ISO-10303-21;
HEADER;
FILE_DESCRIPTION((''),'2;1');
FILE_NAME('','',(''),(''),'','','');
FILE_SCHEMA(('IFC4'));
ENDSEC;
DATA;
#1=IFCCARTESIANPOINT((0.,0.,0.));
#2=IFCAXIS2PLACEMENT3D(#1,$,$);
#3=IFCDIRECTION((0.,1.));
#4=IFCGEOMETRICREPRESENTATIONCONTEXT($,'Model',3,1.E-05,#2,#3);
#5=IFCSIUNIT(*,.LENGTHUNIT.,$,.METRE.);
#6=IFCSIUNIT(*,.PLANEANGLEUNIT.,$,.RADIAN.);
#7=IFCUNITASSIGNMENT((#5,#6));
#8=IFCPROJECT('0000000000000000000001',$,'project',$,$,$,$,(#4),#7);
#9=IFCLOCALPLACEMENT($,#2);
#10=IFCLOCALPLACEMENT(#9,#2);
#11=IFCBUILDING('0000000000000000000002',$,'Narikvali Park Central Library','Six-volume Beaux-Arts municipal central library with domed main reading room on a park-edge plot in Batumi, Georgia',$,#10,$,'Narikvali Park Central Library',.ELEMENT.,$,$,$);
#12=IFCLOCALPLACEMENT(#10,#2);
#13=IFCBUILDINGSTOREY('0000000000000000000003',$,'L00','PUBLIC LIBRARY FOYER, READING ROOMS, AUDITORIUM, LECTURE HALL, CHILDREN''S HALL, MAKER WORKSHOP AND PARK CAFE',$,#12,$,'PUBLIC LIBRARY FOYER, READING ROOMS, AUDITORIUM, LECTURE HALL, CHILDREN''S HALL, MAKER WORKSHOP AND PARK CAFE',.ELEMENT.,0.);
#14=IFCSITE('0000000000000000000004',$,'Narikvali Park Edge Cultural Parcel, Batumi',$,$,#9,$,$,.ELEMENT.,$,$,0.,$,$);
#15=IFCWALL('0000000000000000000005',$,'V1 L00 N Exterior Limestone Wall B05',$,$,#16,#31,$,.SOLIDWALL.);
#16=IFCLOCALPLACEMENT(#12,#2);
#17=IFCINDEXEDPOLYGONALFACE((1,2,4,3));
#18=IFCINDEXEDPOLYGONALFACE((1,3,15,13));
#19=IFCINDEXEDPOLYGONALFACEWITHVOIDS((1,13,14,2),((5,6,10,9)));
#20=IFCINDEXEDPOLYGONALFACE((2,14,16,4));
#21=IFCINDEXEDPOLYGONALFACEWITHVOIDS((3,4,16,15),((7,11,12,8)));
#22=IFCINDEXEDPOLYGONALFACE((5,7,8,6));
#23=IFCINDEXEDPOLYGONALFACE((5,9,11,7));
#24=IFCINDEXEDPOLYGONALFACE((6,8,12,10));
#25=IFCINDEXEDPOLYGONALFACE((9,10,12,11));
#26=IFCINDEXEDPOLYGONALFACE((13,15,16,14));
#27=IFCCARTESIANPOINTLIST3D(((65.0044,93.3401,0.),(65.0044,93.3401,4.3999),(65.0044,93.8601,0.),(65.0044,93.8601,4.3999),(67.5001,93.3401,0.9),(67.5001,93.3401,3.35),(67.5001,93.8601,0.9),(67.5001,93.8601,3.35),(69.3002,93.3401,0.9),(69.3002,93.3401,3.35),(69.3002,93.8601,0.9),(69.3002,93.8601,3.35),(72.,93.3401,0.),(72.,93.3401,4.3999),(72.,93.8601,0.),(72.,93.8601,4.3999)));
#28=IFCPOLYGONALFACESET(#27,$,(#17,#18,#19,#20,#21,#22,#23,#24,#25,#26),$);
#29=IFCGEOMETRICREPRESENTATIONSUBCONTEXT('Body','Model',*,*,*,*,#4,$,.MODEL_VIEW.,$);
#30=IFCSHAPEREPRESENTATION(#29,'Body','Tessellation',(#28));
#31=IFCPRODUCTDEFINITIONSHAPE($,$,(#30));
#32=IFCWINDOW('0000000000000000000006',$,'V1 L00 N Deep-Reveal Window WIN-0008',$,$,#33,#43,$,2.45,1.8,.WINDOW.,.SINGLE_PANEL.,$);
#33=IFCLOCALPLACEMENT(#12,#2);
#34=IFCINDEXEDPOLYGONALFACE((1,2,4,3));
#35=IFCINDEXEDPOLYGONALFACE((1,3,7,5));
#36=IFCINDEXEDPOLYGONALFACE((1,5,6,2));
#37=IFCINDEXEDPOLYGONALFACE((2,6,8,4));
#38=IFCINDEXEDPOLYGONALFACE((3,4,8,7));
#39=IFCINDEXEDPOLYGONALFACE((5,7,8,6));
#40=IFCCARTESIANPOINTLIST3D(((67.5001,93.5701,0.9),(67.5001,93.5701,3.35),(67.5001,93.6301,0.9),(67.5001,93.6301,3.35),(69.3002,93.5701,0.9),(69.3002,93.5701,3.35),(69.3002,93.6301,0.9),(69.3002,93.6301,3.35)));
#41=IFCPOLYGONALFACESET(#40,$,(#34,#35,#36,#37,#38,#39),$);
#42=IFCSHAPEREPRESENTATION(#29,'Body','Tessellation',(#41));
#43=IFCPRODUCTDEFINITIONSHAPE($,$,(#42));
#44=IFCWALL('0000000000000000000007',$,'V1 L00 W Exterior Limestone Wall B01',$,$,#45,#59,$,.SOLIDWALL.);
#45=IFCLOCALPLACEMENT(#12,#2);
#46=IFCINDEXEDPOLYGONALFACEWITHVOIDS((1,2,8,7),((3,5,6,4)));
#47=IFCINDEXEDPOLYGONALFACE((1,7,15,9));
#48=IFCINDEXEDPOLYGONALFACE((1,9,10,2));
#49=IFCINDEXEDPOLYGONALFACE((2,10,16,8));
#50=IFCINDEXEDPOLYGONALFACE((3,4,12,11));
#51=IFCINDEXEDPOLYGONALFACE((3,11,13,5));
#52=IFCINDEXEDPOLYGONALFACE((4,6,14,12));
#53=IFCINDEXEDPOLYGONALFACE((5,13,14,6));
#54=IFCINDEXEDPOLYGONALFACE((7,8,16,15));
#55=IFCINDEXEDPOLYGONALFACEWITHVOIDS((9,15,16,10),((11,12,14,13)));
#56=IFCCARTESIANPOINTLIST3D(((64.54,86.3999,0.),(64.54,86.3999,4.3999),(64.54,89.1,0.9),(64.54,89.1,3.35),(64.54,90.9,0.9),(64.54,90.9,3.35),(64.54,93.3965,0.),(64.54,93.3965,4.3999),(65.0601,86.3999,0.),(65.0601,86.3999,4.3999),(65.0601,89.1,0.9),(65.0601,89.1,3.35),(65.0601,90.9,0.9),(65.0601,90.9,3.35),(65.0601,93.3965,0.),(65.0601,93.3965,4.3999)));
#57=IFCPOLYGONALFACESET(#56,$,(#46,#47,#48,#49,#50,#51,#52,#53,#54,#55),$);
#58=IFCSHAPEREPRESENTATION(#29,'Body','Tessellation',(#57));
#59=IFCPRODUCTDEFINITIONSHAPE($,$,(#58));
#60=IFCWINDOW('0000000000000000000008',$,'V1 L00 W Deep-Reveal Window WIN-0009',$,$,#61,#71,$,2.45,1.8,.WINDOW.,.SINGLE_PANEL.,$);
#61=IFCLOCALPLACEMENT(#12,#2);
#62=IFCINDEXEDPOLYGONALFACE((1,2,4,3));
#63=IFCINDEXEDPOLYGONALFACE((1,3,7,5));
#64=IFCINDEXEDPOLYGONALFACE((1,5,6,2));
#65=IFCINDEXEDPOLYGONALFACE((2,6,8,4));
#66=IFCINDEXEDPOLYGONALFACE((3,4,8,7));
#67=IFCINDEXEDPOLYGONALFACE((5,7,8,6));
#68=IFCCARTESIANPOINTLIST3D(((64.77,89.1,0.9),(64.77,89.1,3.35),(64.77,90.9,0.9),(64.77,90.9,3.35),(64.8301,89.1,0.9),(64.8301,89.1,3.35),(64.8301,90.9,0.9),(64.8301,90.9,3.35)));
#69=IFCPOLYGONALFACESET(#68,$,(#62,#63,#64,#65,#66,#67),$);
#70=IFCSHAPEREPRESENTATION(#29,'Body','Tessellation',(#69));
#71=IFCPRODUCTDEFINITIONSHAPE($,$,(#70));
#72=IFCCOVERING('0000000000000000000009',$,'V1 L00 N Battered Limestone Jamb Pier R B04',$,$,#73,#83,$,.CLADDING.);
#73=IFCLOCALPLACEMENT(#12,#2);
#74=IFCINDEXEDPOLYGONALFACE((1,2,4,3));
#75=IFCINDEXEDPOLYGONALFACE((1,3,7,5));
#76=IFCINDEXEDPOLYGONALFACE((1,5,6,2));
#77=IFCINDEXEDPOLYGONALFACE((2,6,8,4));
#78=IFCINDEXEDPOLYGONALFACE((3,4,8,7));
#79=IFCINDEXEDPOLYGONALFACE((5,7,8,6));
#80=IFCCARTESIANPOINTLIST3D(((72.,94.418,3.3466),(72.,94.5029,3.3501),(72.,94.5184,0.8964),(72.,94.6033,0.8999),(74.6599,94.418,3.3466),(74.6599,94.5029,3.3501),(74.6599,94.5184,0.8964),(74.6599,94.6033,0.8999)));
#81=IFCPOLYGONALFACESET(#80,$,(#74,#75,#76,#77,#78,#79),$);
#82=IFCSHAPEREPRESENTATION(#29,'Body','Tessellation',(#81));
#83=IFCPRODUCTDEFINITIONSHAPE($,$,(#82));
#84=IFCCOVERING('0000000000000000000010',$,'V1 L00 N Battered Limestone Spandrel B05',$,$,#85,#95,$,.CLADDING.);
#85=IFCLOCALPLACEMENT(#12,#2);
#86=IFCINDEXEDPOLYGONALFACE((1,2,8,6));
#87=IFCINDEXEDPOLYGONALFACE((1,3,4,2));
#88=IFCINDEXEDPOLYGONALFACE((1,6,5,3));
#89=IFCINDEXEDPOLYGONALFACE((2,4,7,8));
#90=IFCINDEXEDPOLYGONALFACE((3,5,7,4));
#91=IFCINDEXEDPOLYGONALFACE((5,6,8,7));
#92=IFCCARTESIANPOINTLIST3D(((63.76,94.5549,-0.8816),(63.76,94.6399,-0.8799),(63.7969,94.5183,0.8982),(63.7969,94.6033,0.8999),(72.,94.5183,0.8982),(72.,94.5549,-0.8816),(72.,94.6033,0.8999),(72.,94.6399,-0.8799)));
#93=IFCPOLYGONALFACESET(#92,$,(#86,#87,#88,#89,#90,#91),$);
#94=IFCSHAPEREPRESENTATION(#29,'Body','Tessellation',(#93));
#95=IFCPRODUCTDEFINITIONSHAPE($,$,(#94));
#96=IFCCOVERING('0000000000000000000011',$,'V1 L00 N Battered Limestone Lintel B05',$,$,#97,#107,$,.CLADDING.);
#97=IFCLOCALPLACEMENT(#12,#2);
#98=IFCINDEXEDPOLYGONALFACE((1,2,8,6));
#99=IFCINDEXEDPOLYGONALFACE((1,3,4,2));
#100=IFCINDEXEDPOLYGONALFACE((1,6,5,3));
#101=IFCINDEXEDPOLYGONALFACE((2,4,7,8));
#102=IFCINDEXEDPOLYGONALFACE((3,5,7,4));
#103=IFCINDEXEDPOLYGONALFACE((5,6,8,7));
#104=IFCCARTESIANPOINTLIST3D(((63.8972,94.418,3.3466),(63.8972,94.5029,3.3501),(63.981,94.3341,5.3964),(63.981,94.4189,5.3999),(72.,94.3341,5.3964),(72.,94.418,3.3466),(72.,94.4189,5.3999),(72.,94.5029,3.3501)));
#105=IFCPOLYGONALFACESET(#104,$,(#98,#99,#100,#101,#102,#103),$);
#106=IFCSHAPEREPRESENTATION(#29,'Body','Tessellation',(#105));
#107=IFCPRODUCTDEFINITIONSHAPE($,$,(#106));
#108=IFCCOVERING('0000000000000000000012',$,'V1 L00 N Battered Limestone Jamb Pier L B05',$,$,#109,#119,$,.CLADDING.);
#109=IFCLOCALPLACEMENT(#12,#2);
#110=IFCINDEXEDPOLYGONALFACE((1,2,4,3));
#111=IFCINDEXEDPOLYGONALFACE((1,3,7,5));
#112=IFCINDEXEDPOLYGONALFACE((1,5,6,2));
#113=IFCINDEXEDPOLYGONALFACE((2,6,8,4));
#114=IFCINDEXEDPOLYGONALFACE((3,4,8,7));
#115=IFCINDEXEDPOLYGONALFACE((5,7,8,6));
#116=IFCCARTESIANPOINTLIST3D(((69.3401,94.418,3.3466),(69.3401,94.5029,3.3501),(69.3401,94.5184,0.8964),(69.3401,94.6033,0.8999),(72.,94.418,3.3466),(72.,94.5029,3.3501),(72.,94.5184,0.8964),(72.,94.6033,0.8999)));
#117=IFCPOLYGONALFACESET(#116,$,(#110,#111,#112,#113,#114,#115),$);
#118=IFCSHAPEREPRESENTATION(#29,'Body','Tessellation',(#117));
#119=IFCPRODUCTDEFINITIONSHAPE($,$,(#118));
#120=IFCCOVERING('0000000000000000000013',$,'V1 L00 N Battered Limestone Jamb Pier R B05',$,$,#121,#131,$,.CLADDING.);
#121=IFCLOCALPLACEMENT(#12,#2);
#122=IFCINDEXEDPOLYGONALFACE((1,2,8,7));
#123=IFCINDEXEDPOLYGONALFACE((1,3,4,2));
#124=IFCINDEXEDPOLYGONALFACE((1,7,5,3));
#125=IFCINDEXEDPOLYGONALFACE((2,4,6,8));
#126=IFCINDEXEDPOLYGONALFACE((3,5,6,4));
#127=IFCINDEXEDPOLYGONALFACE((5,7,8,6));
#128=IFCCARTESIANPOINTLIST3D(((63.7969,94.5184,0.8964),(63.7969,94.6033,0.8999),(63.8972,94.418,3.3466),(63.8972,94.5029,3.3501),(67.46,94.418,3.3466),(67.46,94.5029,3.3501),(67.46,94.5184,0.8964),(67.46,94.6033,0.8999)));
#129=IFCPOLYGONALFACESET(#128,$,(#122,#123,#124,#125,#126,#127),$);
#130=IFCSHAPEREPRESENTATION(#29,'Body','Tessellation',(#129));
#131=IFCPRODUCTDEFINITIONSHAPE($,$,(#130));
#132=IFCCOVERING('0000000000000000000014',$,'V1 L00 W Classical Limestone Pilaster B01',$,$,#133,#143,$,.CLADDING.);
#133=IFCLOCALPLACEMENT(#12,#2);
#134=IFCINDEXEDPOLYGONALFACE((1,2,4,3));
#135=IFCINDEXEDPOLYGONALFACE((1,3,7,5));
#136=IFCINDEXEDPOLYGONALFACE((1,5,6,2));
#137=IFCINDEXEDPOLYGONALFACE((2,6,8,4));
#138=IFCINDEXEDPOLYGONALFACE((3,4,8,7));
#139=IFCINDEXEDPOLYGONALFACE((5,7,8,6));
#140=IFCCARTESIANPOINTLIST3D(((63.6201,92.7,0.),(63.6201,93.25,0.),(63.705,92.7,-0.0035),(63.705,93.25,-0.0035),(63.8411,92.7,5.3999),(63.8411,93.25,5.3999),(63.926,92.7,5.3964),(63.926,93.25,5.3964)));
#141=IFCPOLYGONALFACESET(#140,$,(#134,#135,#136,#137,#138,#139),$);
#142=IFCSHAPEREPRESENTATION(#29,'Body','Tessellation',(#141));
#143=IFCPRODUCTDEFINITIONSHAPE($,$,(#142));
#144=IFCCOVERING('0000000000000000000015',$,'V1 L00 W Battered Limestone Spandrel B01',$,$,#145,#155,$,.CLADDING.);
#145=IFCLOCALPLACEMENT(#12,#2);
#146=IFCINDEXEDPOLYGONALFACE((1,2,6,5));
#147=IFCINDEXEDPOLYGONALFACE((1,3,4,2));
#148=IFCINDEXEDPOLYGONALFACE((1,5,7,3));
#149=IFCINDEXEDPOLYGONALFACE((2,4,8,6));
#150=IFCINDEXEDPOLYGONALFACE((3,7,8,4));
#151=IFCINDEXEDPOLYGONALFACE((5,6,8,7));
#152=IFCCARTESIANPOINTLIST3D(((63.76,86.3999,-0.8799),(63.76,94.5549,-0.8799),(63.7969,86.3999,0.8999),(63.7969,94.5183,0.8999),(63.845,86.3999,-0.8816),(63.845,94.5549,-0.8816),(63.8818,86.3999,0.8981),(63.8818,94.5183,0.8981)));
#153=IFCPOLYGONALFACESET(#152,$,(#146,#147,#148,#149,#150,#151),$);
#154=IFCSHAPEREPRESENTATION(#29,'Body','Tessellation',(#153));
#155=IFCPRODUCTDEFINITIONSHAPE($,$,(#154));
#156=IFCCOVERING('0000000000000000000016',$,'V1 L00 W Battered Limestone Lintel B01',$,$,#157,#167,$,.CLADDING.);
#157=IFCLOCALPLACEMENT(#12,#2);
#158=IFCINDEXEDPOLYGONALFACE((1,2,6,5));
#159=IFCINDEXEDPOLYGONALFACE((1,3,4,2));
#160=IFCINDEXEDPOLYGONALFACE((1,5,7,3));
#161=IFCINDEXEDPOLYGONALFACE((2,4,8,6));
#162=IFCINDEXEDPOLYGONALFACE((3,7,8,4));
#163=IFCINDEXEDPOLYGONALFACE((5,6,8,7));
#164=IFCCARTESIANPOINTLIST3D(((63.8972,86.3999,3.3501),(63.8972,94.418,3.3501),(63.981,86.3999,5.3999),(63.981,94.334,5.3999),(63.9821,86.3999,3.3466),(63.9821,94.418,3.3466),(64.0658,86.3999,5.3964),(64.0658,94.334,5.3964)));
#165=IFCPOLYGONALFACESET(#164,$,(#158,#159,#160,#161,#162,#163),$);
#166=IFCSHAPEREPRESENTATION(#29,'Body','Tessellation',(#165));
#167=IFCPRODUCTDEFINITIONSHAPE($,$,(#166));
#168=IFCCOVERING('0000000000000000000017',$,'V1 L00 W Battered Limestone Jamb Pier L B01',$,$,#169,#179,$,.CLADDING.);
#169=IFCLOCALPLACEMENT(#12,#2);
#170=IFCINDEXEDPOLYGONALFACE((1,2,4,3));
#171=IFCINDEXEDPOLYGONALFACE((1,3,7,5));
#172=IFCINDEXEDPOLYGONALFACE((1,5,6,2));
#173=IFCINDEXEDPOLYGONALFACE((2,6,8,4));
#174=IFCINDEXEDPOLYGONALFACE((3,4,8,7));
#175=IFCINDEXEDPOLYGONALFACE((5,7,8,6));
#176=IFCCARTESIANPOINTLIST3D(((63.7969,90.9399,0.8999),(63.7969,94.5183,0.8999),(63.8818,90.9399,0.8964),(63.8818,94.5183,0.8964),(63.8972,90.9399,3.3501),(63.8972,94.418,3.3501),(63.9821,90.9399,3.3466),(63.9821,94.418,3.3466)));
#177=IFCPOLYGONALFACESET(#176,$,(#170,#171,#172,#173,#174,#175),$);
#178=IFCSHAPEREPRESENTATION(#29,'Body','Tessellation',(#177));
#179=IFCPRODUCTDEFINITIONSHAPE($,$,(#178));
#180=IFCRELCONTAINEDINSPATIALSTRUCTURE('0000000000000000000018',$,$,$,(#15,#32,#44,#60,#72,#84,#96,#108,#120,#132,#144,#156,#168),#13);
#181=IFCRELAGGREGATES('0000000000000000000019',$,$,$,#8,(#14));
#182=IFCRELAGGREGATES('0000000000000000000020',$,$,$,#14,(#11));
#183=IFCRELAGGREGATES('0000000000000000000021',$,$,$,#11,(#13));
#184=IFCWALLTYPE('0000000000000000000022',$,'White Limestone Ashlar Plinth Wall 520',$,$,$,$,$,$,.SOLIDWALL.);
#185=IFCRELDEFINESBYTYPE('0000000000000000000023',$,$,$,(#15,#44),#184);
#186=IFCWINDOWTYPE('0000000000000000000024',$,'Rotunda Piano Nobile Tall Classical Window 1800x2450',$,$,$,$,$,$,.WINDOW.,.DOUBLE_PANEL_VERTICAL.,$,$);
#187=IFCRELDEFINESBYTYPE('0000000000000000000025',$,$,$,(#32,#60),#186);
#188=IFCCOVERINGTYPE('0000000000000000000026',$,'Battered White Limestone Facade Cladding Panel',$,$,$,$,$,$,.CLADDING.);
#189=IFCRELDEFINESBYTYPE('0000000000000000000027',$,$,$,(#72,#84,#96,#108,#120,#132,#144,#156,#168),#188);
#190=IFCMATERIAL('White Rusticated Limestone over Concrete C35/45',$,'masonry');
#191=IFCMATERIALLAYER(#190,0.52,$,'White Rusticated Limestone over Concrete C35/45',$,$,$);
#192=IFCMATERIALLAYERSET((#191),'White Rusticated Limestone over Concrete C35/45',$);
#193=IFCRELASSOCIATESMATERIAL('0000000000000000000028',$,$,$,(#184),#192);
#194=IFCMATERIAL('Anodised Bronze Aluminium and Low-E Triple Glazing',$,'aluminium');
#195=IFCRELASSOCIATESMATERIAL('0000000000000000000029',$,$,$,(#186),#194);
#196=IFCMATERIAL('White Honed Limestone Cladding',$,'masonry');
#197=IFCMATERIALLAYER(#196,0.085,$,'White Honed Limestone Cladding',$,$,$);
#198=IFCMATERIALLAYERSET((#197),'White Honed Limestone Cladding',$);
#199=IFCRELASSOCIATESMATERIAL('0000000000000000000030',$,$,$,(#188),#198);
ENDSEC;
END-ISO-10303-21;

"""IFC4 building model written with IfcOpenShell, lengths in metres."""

from ifc_helpers import new_model, si_unit, direction, frame, frame_2d, origin, place, context, subcontext, project, spatial, polyline, rectangle, outline, extrude, material, layer, layer_set, type_object, element, fill, save


model = new_model("IFC4")

# Units and contexts
model_context = context("Model", 3, precision=1e-05, world=origin(), true_north=direction((0.0, 1.0)))
body_context = subcontext(model_context, "Body", "Model", "MODEL_VIEW")
ifc_project = project(units=[si_unit("LENGTHUNIT", "METRE"), si_unit("PLANEANGLEUNIT", "RADIAN")], contexts=[model_context])

# Site, building, storey
site_placement = place(None, origin())
site = spatial("IfcSite", under=ifc_project, at=site_placement, Name="Narikvali Park Edge Cultural Parcel, Batumi", CompositionType="ELEMENT", RefElevation=0.0)
building_placement = place(site_placement, origin())
building = spatial("IfcBuilding", under=site, at=building_placement, Name="Narikvali Park Central Library", Description="Six-volume Beaux-Arts municipal central library with domed main reading room on a park-edge plot in Batumi, Georgia", LongName="Narikvali Park Central Library", CompositionType="ELEMENT")
storey_placement = place(building_placement, origin())
storey = spatial("IfcBuildingStorey", under=building, at=storey_placement, Name="L00", Description="PUBLIC LIBRARY FOYER, READING ROOMS, AUDITORIUM, LECTURE HALL, CHILDREN'S HALL, MAKER WORKSHOP AND PARK CAFE", LongName="PUBLIC LIBRARY FOYER, READING ROOMS, AUDITORIUM, LECTURE HALL, CHILDREN'S HALL, MAKER WORKSHOP AND PARK CAFE", CompositionType="ELEMENT", Elevation=0.0)

# Walls, openings, windows
ifc_material_1 = material(Name="White Rusticated Limestone over Concrete C35/45", Category="masonry")
ifc_layer_1 = layer(ifc_material_1, 0.52, Name="White Rusticated Limestone over Concrete C35/45")
ifc_layer_set_1 = layer_set([ifc_layer_1], Name="White Rusticated Limestone over Concrete C35/45")
wall_type_1 = type_object("IfcWallType", Name="White Limestone Ashlar Plinth Wall 520", PredefinedType="SOLIDWALL", material=ifc_layer_set_1)
ifc_material_2 = material(Name="Anodised Bronze Aluminium and Low-E Triple Glazing", Category="aluminium")
window_type = type_object("IfcWindowType", Name="Rotunda Piano Nobile Tall Classical Window 1800x2450", PartitioningType="DOUBLE_PANEL_VERTICAL", PredefinedType="WINDOW", material=ifc_material_2)
wall_1_placement = place(storey_placement, frame((72.0, 93.6001, 0.0), z_axis=(0.0, 0.0, 1.0), x_axis=(-1.0, 0.0, 0.0)))
wall_1 = element("IfcWall", 1, at=wall_1_placement, inside=storey, type_object=wall_type_1, Name="V1 L00 N Exterior Limestone Wall B05", PredefinedType="SOLIDWALL", context=body_context, shape_type="SweptSolid", body=[
    extrude(rectangle(XDim=6.9956, YDim=0.52, at=frame_2d((3.4978, 0.0))), origin(), (0.0, 0.0, 1.0), 4.3999),
])
opening_1_placement = place(wall_1_placement, frame((2.7, 0.0, 0.8999)))
opening_1 = element("IfcOpeningElement", 2, at=opening_1_placement, cuts=wall_1, PredefinedType="OPENING", context=body_context, shape_type="SweptSolid", body=[
    extrude(rectangle(XDim=1.8, YDim=2.45, at=frame_2d((0.8999, 1.2251))), frame((0.0, 0.272, 0.0), z_axis=(0.0, -1.0, 0.0), x_axis=(1.0, 0.0, 0.0)), (0.0, 0.0, 1.0), 0.5439),
])
window_1_placement = place(opening_1_placement, origin())
window_1 = element("IfcWindow", 3, at=window_1_placement, inside=storey, type_object=window_type, Name="V1 L00 N Deep-Reveal Window WIN-0008", OverallHeight=2.45, OverallWidth=1.8, PartitioningType="SINGLE_PANEL", PredefinedType="WINDOW", context=body_context, shape_type="SweptSolid", body=[
    extrude(rectangle(XDim=1.8, YDim=2.45, at=frame_2d((0.8999, 1.2251))), frame((0.0, 0.03, 0.0), z_axis=(0.0, -1.0, 0.0), x_axis=(1.0, 0.0, 0.0)), (0.0, 0.0, 1.0), 0.0601),
])
fill(opening_1, window_1)
wall_2_placement = place(storey_placement, frame((64.8, 93.3965, 0.0), z_axis=(0.0, 0.0, 1.0), x_axis=(0.0, -1.0, 0.0)))
wall_2 = element("IfcWall", 4, at=wall_2_placement, inside=storey, type_object=wall_type_1, Name="V1 L00 W Exterior Limestone Wall B01", PredefinedType="SOLIDWALL", context=body_context, shape_type="SweptSolid", body=[
    extrude(rectangle(XDim=6.9966, YDim=0.52, at=frame_2d((3.4983, 0.0))), origin(), (0.0, 0.0, 1.0), 4.3999),
])
opening_2_placement = place(wall_2_placement, frame((2.4966, 0.0, 0.8999)))
opening_2 = element("IfcOpeningElement", 5, at=opening_2_placement, cuts=wall_2, PredefinedType="OPENING", context=body_context, shape_type="SweptSolid", body=[
    extrude(rectangle(XDim=1.8, YDim=2.45, at=frame_2d((0.8999, 1.2251))), frame((0.0, 0.272, 0.0), z_axis=(0.0, -1.0, 0.0), x_axis=(1.0, 0.0, 0.0)), (0.0, 0.0, 1.0), 0.5439),
])
window_2_placement = place(opening_2_placement, origin())
window_2 = element("IfcWindow", 6, at=window_2_placement, inside=storey, type_object=window_type, Name="V1 L00 W Deep-Reveal Window WIN-0009", OverallHeight=2.45, OverallWidth=1.8, PartitioningType="SINGLE_PANEL", PredefinedType="WINDOW", context=body_context, shape_type="SweptSolid", body=[
    extrude(rectangle(XDim=1.8, YDim=2.45, at=frame_2d((0.8999, 1.2251))), frame((0.0, 0.03, 0.0), z_axis=(0.0, -1.0, 0.0), x_axis=(1.0, 0.0, 0.0)), (0.0, 0.0, 1.0), 0.0601),
])
fill(opening_2, window_2)

# Coverings
ifc_material_3 = material(Name="White Honed Limestone Cladding", Category="masonry")
ifc_layer_2 = layer(ifc_material_3, 0.085, Name="White Honed Limestone Cladding")
ifc_layer_set_2 = layer_set([ifc_layer_2], Name="White Honed Limestone Cladding")
covering_type = type_object("IfcCoveringType", Name="Battered White Limestone Facade Cladding Panel", PredefinedType="CLADDING", material=ifc_layer_set_2)
covering_1_placement = place(storey_placement, frame((74.6599, 94.6033, 0.8999), z_axis=(0.0, 0.999162, 0.040918), x_axis=(-1.0, 0.0, 0.0)))
element("IfcCovering", 7, at=covering_1_placement, inside=storey, type_object=covering_type, Name="V1 L00 N Battered Limestone Jamb Pier R B04", PredefinedType="CLADDING", context=body_context, shape_type="SweptSolid", body=[
    extrude(outline(polyline([(0.0, 0.0), (2.6599, 0.0), (2.6599, 2.4522), (0.0, 2.4522), (0.0, 0.0)])), origin(), (0.0, 0.0, -1.0), 0.085),
])
covering_2_placement = place(storey_placement, frame((72.0, 94.6399, -0.8799), z_axis=(0.0, 0.999788, 0.020572), x_axis=(-1.0, 0.0, 0.0)))
element("IfcCovering", 8, at=covering_2_placement, inside=storey, type_object=covering_type, Name="V1 L00 N Battered Limestone Spandrel B05", PredefinedType="CLADDING", context=body_context, shape_type="SweptSolid", body=[
    extrude(outline(polyline([(0.0, 0.0), (8.24, 0.0), (8.2031, 1.7802), (0.0, 1.7802), (0.0, 0.0)])), origin(), (0.0, 0.0, -1.0), 0.085),
])
covering_3_placement = place(storey_placement, frame((72.0, 94.5029, 3.3501), z_axis=(0.0, 0.999162, 0.040938), x_axis=(-1.0, 0.0, 0.0)))
element("IfcCovering", 9, at=covering_3_placement, inside=storey, type_object=covering_type, Name="V1 L00 N Battered Limestone Lintel B05", PredefinedType="CLADDING", context=body_context, shape_type="SweptSolid", body=[
    extrude(outline(polyline([(0.0, 0.0), (8.1028, 0.0), (8.019, 2.0515), (0.0, 2.0515), (0.0, 0.0)])), origin(), (0.0, 0.0, -1.0), 0.085),
])
covering_4_placement = place(storey_placement, frame((72.0, 94.6033, 0.8999), z_axis=(0.0, 0.999162, 0.040918), x_axis=(-1.0, 0.0, 0.0)))
element("IfcCovering", 10, at=covering_4_placement, inside=storey, type_object=covering_type, Name="V1 L00 N Battered Limestone Jamb Pier L B05", PredefinedType="CLADDING", context=body_context, shape_type="SweptSolid", body=[
    extrude(outline(polyline([(0.0, 0.0), (2.6599, 0.0), (2.6599, 2.4522), (0.0, 2.4522), (0.0, 0.0)])), origin(), (0.0, 0.0, -1.0), 0.085),
])
covering_5_placement = place(storey_placement, frame((67.46, 94.6033, 0.8999), z_axis=(0.0, 0.999162, 0.040918), x_axis=(-1.0, 0.0, 0.0)))
element("IfcCovering", 11, at=covering_5_placement, inside=storey, type_object=covering_type, Name="V1 L00 N Battered Limestone Jamb Pier R B05", PredefinedType="CLADDING", context=body_context, shape_type="SweptSolid", body=[
    extrude(outline(polyline([(0.0, 0.0), (3.6631, 0.0), (3.5627, 2.4522), (0.0, 2.4522), (0.0, 0.0)])), origin(), (0.0, 0.0, -1.0), 0.085),
])
covering_6_placement = place(storey_placement, frame((63.6201, 93.25, 0.0), z_axis=(-0.999164, 0.0, 0.040883), x_axis=(0.0, -1.0, 0.0)))
element("IfcCovering", 12, at=covering_6_placement, inside=storey, type_object=covering_type, Name="V1 L00 W Classical Limestone Pilaster B01", PredefinedType="CLADDING", context=body_context, shape_type="SweptSolid", body=[
    extrude(outline(polyline([(0.0, 0.0), (0.55, 0.0), (0.55, 5.4044), (0.0, 5.4044), (0.0, 0.0)])), origin(), (0.0, 0.0, -1.0), 0.085),
])
covering_7_placement = place(storey_placement, frame((63.76, 94.5549, -0.8799), z_axis=(-0.999786, 0.0, 0.020709), x_axis=(0.0, -1.0, 0.0)))
element("IfcCovering", 13, at=covering_7_placement, inside=storey, type_object=covering_type, Name="V1 L00 W Battered Limestone Spandrel B01", PredefinedType="CLADDING", context=body_context, shape_type="SweptSolid", body=[
    extrude(outline(polyline([(0.0, 0.0), (8.155, 0.0), (8.155, 1.7802), (0.0366, 1.7802), (0.0, 0.0)])), origin(), (0.0, 0.0, -1.0), 0.085),
])
covering_8_placement = place(storey_placement, frame((63.8972, 94.418, 3.3501), z_axis=(-0.999167, 0.0, 0.040819), x_axis=(0.0, -1.0, 0.0)))
element("IfcCovering", 14, at=covering_8_placement, inside=storey, type_object=covering_type, Name="V1 L00 W Battered Limestone Lintel B01", PredefinedType="CLADDING", context=body_context, shape_type="SweptSolid", body=[
    extrude(outline(polyline([(0.0, 0.0), (8.0181, 0.0), (8.0181, 2.0515), (0.084, 2.0515), (0.0, 0.0)])), origin(), (0.0, 0.0, -1.0), 0.085),
])
covering_9_placement = place(storey_placement, frame((63.7969, 94.5183, 0.8999), z_axis=(-0.999162, 0.0, 0.040918), x_axis=(0.0, -1.0, 0.0)))
element("IfcCovering", 15, at=covering_9_placement, inside=storey, type_object=covering_type, Name="V1 L00 W Battered Limestone Jamb Pier L B01", PredefinedType="CLADDING", context=body_context, shape_type="SweptSolid", body=[
    extrude(outline(polyline([(0.0, 0.0), (3.5784, 0.0), (3.5784, 2.4522), (0.1003, 2.4522), (0.0, 0.0)])), origin(), (0.0, 0.0, -1.0), 0.085),
])

save(model, "model.ifc")
